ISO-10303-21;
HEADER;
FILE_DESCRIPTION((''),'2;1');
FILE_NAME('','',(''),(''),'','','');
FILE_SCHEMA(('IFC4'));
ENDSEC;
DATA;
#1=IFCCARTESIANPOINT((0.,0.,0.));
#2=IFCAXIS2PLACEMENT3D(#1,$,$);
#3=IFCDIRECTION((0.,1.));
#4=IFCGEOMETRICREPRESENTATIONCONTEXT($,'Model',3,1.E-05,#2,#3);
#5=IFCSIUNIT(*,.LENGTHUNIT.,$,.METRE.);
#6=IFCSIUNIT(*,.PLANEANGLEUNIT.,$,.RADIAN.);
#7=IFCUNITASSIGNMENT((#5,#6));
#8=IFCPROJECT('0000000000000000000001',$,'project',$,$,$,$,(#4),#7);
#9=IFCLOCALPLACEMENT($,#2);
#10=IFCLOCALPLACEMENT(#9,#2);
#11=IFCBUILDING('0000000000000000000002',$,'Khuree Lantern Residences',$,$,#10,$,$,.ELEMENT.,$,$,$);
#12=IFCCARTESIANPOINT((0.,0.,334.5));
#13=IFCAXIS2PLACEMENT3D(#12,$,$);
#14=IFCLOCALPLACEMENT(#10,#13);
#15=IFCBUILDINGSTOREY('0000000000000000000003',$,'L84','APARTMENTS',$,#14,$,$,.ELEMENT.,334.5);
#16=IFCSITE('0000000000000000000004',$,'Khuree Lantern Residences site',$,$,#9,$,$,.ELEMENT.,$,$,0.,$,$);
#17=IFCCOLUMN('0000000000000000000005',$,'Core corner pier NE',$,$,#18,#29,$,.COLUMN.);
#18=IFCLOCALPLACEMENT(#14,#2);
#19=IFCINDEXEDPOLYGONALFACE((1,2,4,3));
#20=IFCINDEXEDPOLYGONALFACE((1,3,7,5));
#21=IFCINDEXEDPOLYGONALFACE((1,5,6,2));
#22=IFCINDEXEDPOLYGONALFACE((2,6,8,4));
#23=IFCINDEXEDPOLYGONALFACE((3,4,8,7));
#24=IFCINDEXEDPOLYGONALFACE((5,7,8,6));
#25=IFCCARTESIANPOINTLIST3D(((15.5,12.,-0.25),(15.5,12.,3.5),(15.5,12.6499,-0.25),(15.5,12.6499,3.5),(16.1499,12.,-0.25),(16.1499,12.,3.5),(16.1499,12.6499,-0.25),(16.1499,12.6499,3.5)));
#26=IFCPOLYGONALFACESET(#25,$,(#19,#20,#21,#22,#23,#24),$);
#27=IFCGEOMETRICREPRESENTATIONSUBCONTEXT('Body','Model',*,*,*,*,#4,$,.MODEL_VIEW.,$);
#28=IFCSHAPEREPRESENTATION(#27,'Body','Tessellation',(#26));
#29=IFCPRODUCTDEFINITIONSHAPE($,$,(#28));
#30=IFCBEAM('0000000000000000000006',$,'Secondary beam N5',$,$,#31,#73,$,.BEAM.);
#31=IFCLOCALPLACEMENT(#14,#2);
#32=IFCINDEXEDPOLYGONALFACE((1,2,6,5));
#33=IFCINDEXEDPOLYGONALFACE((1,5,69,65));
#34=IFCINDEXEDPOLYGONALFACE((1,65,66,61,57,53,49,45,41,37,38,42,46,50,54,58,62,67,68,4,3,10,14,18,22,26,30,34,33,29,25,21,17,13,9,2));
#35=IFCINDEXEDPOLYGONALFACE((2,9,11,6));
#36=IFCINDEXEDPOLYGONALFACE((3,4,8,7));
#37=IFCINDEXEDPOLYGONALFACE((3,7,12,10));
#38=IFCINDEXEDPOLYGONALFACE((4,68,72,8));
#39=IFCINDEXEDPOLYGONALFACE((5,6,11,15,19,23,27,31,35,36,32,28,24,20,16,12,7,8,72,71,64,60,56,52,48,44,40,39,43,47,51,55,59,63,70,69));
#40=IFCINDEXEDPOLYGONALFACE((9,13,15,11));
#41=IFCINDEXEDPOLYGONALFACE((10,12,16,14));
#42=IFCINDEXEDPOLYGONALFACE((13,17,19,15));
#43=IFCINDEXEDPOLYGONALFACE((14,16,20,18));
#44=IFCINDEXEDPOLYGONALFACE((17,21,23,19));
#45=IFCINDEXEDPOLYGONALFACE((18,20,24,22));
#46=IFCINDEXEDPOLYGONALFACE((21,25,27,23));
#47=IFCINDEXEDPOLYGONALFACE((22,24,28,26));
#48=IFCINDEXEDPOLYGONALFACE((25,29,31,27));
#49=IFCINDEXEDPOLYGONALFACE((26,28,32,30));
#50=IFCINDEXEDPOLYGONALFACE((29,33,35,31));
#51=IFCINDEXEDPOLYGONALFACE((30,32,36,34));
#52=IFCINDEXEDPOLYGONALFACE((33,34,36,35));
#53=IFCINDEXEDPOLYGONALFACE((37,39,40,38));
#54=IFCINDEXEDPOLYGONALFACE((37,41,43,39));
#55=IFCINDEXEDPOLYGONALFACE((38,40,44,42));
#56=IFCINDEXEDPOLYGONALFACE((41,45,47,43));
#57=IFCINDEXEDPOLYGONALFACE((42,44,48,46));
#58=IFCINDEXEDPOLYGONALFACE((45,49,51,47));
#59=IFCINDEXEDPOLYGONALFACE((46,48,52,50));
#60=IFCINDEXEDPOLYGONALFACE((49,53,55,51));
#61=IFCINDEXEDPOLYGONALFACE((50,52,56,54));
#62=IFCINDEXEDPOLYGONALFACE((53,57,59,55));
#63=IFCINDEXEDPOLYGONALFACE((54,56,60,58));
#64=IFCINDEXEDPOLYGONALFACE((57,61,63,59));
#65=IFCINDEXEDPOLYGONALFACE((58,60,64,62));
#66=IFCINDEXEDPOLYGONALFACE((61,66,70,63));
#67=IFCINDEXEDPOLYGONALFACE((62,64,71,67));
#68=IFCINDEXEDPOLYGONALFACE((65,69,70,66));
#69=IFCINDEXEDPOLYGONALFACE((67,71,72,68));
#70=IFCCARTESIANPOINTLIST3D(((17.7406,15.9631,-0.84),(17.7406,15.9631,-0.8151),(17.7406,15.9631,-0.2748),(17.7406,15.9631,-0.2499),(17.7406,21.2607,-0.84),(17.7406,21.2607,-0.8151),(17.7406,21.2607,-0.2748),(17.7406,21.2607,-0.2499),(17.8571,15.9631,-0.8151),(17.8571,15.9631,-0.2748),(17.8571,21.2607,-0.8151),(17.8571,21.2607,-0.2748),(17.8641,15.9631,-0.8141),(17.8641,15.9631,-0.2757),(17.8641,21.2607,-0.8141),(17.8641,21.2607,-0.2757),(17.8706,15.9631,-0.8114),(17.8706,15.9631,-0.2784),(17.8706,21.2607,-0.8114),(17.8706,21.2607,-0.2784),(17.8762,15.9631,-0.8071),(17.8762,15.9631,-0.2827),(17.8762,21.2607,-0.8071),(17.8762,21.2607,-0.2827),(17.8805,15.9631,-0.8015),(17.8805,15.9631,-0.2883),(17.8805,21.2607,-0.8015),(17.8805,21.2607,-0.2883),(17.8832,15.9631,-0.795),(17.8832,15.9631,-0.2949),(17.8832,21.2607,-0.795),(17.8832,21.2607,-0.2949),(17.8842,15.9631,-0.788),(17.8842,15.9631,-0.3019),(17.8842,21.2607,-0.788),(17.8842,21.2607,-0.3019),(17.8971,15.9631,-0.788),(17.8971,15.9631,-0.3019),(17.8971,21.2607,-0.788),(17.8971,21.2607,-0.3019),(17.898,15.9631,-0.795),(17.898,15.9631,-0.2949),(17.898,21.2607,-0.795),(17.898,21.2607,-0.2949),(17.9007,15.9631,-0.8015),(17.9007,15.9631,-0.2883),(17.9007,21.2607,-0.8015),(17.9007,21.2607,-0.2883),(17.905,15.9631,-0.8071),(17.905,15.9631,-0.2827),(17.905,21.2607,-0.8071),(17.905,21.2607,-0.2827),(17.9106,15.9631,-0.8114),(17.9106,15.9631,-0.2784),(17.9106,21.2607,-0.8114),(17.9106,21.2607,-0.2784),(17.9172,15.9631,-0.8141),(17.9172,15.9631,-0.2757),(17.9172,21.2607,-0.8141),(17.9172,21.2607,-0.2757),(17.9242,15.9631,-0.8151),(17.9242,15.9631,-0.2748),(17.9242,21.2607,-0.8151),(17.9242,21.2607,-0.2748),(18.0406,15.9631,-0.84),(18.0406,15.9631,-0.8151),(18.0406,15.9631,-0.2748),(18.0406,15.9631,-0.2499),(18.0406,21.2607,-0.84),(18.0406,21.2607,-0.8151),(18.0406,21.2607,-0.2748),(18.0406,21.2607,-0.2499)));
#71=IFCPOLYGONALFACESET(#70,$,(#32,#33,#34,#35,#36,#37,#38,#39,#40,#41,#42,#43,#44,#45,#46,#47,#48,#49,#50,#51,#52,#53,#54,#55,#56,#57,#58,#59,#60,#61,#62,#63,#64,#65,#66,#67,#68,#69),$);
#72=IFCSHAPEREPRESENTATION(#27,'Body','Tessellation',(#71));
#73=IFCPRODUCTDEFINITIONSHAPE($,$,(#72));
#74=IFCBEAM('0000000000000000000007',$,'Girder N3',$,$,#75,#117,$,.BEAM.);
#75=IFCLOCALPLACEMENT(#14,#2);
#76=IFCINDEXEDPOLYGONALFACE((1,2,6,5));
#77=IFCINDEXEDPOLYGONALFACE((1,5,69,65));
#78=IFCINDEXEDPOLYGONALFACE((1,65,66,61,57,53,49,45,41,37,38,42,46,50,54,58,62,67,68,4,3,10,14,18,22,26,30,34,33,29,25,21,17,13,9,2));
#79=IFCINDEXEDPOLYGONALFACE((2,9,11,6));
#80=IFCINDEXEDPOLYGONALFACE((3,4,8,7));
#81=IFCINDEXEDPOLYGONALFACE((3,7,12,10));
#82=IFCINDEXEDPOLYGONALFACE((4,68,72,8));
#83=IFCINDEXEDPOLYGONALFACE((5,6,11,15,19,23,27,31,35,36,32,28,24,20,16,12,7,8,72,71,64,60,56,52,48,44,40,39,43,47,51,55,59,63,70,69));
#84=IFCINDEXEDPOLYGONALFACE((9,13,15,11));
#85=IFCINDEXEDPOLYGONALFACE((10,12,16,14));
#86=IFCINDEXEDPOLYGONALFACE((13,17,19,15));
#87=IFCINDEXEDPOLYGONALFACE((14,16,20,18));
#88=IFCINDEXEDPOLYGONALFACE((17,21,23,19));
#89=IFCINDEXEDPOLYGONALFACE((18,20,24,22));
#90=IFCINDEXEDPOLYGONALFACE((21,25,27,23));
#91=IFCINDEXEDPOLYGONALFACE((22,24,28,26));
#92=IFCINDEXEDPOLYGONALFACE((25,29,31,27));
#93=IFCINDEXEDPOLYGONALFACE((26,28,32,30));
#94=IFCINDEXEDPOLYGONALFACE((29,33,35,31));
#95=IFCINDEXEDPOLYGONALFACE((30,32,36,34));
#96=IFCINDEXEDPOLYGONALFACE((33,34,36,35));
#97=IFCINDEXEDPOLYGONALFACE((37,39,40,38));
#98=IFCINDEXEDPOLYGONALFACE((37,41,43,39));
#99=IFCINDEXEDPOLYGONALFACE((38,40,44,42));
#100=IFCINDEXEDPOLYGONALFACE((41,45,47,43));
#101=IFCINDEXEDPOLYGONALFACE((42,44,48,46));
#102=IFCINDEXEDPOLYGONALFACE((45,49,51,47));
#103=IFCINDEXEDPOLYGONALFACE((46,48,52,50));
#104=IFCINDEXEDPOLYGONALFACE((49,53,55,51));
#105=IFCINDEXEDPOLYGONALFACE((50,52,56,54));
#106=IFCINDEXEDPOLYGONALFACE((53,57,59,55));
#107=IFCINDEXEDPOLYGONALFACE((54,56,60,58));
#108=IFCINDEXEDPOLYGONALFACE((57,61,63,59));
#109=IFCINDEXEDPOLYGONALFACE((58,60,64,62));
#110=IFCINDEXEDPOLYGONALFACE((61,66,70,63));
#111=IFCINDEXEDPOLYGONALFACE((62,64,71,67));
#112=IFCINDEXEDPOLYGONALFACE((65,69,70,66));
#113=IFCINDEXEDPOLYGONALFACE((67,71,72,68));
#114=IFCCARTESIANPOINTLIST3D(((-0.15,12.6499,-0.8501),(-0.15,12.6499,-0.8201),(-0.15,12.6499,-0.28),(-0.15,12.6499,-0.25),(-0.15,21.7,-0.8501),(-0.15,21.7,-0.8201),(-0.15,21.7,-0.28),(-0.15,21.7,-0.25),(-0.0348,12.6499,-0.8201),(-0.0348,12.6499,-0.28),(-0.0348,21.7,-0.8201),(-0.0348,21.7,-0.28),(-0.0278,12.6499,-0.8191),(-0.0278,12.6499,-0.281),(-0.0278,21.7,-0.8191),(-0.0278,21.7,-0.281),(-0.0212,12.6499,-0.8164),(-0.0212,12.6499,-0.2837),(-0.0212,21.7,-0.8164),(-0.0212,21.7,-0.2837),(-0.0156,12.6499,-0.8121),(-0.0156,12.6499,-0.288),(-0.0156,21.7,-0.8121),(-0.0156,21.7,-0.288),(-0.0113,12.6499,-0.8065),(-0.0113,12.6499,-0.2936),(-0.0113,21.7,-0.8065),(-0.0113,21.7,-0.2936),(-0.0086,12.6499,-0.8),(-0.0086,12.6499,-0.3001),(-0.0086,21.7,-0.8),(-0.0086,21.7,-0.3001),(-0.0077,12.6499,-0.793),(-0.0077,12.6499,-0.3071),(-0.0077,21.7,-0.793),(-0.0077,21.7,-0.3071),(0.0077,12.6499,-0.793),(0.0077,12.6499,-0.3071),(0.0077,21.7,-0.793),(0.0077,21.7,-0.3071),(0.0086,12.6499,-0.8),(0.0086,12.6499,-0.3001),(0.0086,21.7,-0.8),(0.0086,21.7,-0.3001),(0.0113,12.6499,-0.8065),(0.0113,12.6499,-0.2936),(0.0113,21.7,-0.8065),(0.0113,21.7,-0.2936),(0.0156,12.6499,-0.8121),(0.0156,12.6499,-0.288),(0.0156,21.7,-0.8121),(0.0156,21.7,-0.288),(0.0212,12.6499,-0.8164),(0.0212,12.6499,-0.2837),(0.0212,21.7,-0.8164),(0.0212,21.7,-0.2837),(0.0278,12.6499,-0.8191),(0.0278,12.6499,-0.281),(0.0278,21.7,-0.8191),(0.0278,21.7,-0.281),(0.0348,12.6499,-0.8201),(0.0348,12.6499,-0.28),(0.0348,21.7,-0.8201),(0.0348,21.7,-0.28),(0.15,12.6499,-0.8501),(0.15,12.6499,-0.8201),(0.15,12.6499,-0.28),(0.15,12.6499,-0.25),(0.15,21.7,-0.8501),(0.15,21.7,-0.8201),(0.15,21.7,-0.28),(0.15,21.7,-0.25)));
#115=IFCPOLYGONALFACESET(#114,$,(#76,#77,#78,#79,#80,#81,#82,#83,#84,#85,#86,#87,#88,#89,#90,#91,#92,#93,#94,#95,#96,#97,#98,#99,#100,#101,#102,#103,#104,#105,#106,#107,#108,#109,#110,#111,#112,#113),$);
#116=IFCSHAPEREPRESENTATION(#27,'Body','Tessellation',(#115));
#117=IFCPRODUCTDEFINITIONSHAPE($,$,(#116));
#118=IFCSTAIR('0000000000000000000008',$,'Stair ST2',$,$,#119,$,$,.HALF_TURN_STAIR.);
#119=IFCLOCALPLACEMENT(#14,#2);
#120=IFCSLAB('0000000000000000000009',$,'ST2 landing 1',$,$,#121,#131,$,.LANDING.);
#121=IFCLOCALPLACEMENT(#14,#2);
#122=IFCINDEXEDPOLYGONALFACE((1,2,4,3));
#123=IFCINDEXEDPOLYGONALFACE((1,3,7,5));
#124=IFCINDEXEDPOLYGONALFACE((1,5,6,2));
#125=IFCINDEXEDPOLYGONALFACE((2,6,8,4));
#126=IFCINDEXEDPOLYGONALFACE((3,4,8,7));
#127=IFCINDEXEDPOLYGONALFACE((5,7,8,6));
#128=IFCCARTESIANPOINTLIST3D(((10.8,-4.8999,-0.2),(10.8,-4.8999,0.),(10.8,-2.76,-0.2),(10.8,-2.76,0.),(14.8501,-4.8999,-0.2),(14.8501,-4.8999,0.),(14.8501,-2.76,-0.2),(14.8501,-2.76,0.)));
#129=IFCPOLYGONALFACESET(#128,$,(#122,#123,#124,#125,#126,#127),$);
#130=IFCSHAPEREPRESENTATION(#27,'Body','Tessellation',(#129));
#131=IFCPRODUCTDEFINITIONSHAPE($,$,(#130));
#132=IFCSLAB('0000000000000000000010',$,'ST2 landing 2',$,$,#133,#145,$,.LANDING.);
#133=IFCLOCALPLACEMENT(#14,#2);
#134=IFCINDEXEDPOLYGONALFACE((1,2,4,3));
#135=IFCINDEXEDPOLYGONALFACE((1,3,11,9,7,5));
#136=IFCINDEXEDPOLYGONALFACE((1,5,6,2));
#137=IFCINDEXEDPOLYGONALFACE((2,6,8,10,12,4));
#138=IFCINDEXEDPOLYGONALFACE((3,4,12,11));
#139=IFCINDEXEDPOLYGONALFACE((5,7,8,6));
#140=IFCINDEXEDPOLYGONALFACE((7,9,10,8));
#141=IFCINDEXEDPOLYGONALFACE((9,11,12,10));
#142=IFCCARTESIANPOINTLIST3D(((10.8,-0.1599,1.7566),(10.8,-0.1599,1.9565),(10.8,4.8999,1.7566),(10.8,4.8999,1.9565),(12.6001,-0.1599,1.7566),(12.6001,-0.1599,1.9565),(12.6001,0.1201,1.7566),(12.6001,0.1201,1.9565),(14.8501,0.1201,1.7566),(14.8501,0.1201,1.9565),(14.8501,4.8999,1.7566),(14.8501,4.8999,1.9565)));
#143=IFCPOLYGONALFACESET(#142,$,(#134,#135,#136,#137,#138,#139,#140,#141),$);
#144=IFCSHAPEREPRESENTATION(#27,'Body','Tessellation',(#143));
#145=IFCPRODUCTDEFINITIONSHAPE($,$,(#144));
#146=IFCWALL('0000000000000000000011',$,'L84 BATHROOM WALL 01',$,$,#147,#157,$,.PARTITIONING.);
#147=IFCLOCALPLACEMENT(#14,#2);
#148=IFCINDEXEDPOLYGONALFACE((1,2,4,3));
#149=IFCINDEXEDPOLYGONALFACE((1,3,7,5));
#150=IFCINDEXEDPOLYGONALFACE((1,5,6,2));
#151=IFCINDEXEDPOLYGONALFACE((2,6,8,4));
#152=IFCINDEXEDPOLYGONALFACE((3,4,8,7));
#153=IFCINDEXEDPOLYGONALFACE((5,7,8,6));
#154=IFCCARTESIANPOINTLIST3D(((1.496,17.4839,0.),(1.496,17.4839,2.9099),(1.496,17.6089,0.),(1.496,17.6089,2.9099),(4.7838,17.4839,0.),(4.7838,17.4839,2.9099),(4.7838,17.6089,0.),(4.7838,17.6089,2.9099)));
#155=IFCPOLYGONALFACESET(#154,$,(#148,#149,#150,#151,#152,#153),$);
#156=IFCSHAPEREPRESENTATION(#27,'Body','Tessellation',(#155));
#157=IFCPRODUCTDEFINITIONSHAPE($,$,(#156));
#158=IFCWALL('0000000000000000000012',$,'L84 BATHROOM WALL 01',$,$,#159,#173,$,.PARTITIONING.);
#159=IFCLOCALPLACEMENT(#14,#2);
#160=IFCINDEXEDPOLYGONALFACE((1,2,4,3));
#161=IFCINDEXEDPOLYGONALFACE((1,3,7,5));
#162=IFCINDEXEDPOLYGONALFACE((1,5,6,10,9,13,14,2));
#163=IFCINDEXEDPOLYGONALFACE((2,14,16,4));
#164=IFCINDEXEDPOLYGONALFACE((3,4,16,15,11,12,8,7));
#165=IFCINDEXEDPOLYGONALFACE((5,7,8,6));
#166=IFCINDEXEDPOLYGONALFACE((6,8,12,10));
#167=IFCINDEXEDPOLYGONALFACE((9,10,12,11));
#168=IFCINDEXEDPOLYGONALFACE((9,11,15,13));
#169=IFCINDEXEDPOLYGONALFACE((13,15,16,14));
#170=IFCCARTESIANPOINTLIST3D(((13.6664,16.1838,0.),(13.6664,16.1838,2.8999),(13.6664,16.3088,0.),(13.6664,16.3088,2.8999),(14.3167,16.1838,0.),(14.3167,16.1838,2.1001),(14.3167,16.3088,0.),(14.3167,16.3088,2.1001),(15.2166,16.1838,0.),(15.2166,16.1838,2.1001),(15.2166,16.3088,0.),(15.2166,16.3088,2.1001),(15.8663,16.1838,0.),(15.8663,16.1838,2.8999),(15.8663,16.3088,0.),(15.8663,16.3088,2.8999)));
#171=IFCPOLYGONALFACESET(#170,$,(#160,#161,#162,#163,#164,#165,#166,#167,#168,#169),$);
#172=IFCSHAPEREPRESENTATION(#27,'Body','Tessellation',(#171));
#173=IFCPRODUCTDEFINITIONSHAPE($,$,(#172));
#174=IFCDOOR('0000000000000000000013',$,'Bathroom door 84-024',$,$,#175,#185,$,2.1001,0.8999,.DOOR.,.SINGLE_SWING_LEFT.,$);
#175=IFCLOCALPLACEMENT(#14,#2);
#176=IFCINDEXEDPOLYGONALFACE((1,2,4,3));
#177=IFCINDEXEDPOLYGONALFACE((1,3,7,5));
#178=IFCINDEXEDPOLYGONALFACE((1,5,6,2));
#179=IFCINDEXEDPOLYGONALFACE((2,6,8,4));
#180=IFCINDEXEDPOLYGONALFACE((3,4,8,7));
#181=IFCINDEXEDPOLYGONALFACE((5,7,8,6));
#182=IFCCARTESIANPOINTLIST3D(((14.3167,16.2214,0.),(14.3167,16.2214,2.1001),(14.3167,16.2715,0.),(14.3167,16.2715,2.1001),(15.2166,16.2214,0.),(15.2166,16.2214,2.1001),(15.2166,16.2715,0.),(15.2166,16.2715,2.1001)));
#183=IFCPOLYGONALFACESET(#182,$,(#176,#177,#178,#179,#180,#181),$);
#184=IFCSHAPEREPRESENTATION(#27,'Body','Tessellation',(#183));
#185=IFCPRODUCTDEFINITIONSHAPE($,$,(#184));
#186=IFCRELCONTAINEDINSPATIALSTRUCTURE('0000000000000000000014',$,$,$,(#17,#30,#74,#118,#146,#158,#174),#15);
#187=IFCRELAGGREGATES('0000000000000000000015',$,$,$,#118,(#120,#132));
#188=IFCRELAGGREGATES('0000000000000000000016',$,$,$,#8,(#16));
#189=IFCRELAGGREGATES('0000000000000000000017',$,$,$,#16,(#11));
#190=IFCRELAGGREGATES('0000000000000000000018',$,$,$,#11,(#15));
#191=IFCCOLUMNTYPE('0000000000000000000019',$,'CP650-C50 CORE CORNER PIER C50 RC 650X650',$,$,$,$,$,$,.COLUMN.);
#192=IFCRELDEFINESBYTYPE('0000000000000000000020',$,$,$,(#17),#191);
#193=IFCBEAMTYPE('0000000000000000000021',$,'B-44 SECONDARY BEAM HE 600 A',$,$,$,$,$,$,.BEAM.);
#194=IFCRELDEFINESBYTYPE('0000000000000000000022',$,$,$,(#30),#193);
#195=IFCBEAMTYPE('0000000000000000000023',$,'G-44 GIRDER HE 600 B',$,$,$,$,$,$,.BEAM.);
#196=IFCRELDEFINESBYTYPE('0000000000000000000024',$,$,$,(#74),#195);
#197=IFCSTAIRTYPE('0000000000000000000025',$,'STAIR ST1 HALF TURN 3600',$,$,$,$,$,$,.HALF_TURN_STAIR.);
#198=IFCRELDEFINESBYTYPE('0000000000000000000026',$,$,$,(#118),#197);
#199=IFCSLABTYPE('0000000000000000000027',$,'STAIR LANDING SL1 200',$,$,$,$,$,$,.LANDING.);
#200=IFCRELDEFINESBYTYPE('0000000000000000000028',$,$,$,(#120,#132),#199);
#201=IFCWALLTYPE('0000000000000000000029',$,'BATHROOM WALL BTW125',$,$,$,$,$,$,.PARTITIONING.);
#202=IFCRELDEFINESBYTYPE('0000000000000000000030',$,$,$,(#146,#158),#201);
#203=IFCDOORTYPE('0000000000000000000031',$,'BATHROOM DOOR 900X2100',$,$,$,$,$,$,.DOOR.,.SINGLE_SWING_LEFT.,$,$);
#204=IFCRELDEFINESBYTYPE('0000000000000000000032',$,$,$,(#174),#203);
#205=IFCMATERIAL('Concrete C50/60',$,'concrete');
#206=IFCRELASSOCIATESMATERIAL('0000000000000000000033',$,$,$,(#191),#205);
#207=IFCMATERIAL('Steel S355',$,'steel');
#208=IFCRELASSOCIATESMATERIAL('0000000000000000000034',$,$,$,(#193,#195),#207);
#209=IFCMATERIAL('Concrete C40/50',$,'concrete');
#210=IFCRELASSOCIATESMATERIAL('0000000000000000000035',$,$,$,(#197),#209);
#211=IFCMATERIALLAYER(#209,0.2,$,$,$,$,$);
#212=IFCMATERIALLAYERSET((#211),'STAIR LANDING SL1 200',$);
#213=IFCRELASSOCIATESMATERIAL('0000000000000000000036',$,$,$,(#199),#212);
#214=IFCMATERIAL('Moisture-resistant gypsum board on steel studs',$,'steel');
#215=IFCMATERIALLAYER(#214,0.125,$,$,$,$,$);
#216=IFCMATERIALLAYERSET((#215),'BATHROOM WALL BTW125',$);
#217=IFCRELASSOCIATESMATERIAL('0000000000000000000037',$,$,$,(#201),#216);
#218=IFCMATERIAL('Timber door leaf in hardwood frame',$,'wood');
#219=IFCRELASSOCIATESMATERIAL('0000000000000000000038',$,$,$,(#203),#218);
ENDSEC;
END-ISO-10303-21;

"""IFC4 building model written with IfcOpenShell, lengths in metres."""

from ifc_helpers import new_model, si_unit, direction, frame, frame_2d, origin, origin_2d, place, context, subcontext, project, spatial, polyline, rectangle, i_section, outline, extrude, material, layer, layer_set, material_profile, profile_set, type_object, element, fill, aggregate, save


model = new_model("IFC4")

# Units and contexts
model_context = context("Model", 3, precision=1e-05, world=origin(), true_north=direction((0.0, 1.0)))
body_context = subcontext(model_context, "Body", "Model", "MODEL_VIEW")
ifc_project = project(units=[si_unit("LENGTHUNIT", "METRE"), si_unit("PLANEANGLEUNIT", "RADIAN")], contexts=[model_context])

# Site, building, storey
site_placement = place(None, origin())
site = spatial("IfcSite", under=ifc_project, at=site_placement, Name="Khuree Lantern Residences site", CompositionType="ELEMENT", RefElevation=0.0)
building_placement = place(site_placement, origin())
building = spatial("IfcBuilding", under=site, at=building_placement, Name="Khuree Lantern Residences", CompositionType="ELEMENT")
storey_placement = place(building_placement, frame((0.0, 0.0, 334.5)))
storey = spatial("IfcBuildingStorey", under=building, at=storey_placement, Name="L84", Description="APARTMENTS", CompositionType="ELEMENT", Elevation=334.5)

# Column
ifc_material_1 = material(Name="Concrete C50/60", Category="concrete")
ifc_material_profile_1 = material_profile(ifc_material_1, rectangle(XDim=0.6499, YDim=0.6499, at=origin_2d()), Name="RC 650X650")
ifc_profile_set_1 = profile_set([ifc_material_profile_1], Name="Concrete C50/60")
column_type = type_object("IfcColumnType", Name="CP650-C50 CORE CORNER PIER C50 RC 650X650", PredefinedType="COLUMN", material=ifc_profile_set_1)
column_placement = place(storey_placement, frame((15.825, 12.325, -0.25), z_axis=(0.0, 0.0, 1.0), x_axis=(1.0, 0.0, 0.0)))
element("IfcColumn", 1, at=column_placement, inside=storey, type_object=column_type, Name="Core corner pier NE", PredefinedType="COLUMN", context=body_context, shape_type="SweptSolid", body=[
    extrude(rectangle(XDim=0.6499, YDim=0.6499, at=origin_2d()), origin(), (0.0, 0.0, 1.0), 3.75),
])

# Beams
ifc_material_2 = material(Name="Steel S355", Category="steel")
ifc_material_profile_2 = material_profile(ifc_material_2, i_section(OverallWidth=0.3, OverallDepth=0.5901, WebThickness=0.0129, FlangeThickness=0.0249, FilletRadius=0.0271, at=origin_2d()), Name="HE 600 A")
ifc_profile_set_2 = profile_set([ifc_material_profile_2], Name="Steel S355")
beam_type_1 = type_object("IfcBeamType", Name="B-44 SECONDARY BEAM HE 600 A", PredefinedType="BEAM", material=ifc_profile_set_2)
beam_1_placement = place(storey_placement, frame((17.8906, 21.2607, -0.5449), z_axis=(0.0, -1.0, 0.0), x_axis=(1.0, 0.0, 0.0)))
element("IfcBeam", 2, at=beam_1_placement, inside=storey, type_object=beam_type_1, Name="Secondary beam N5", PredefinedType="BEAM", context=body_context, shape_type="SweptSolid", body=[
    extrude(i_section(OverallWidth=0.3, OverallDepth=0.5901, WebThickness=0.0129, FlangeThickness=0.0249, FilletRadius=0.0271, at=origin_2d()), origin(), (0.0, 0.0, 1.0), 5.2976),
])
ifc_material_profile_3 = material_profile(ifc_material_2, i_section(OverallWidth=0.3, OverallDepth=0.6001, WebThickness=0.0154, FlangeThickness=0.03, FilletRadius=0.0271, at=origin_2d()), Name="HE 600 B")
ifc_profile_set_3 = profile_set([ifc_material_profile_3], Name="Steel S355")
beam_type_2 = type_object("IfcBeamType", Name="G-44 GIRDER HE 600 B", PredefinedType="BEAM", material=ifc_profile_set_3)
beam_2_placement = place(storey_placement, frame((0.0, 21.7, -0.55), z_axis=(0.0, -1.0, 0.0), x_axis=(1.0, 0.0, 0.0)))
element("IfcBeam", 3, at=beam_2_placement, inside=storey, type_object=beam_type_2, Name="Girder N3", PredefinedType="BEAM", context=body_context, shape_type="SweptSolid", body=[
    extrude(i_section(OverallWidth=0.3, OverallDepth=0.6001, WebThickness=0.0154, FlangeThickness=0.03, FilletRadius=0.0271, at=origin_2d()), origin(), (0.0, 0.0, 1.0), 9.05),
])

# Stair, slabs
ifc_material_3 = material(Name="Concrete C40/50", Category="concrete")
stair_type = type_object("IfcStairType", Name="STAIR ST1 HALF TURN 3600", PredefinedType="HALF_TURN_STAIR", material=ifc_material_3)
stair_placement = place(storey_placement, origin())
stair = element("IfcStair", 4, at=stair_placement, inside=storey, type_object=stair_type, Name="Stair ST2", PredefinedType="HALF_TURN_STAIR")
ifc_layer_1 = layer(ifc_material_3, 0.2)
ifc_layer_set_1 = layer_set([ifc_layer_1], Name="STAIR LANDING SL1 200")
slab_type = type_object("IfcSlabType", Name="STAIR LANDING SL1 200", PredefinedType="LANDING", material=ifc_layer_set_1)
slab_1_placement = place(storey_placement, frame((0.0, 0.0, -0.2)))
slab_1 = element("IfcSlab", 5, at=slab_1_placement, type_object=slab_type, Name="ST2 landing 1", PredefinedType="LANDING", context=body_context, shape_type="SweptSolid", body=[
    extrude(outline(polyline([(10.8, -4.8999), (14.8501, -4.8999), (14.8501, -2.76), (10.8, -2.76), (10.8, -4.8999)])), origin(), (0.0, 0.0, 1.0), 0.2),
])
slab_2_placement = place(storey_placement, frame((0.0, 0.0, 1.7566)))
slab_2 = element("IfcSlab", 6, at=slab_2_placement, type_object=slab_type, Name="ST2 landing 2", PredefinedType="LANDING", context=body_context, shape_type="SweptSolid", body=[
    extrude(outline(polyline([(14.8501, 4.8999), (14.8501, 0.1201), (12.6001, 0.1201), (12.6001, -0.1599), (10.8, -0.1599), (10.8, 4.8999), (14.8501, 4.8999)])), origin(), (0.0, 0.0, 1.0), 0.2),
])
aggregate(stair, [slab_1, slab_2])

# Wall
ifc_material_4 = material(Name="Moisture-resistant gypsum board on steel studs", Category="steel")
ifc_layer_2 = layer(ifc_material_4, 0.125)
ifc_layer_set_2 = layer_set([ifc_layer_2], Name="BATHROOM WALL BTW125")
wall_type_1 = type_object("IfcWallType", Name="BATHROOM WALL BTW125", PredefinedType="PARTITIONING", material=ifc_layer_set_2)
wall_1_placement = place(storey_placement, frame((4.7839, 17.5464, 0.0), z_axis=(0.0, 0.0, 1.0), x_axis=(-1.0, 0.0, 0.0)))
element("IfcWall", 7, at=wall_1_placement, inside=storey, type_object=wall_type_1, Name="L84 BATHROOM WALL 01", PredefinedType="PARTITIONING", context=body_context, shape_type="SweptSolid", body=[
    extrude(rectangle(XDim=3.2878, YDim=0.125, at=frame_2d((1.644, 0.0))), origin(), (0.0, 0.0, 1.0), 2.9099),
])

# Wall, opening, door
wall_2_placement = place(storey_placement, frame((15.8665, 16.2463, 0.0), z_axis=(0.0, 0.0, 1.0), x_axis=(-1.0, 0.0, 0.0)))
wall_2 = element("IfcWall", 8, at=wall_2_placement, inside=storey, type_object=wall_type_1, Name="L84 BATHROOM WALL 01", PredefinedType="PARTITIONING", context=body_context, shape_type="SweptSolid", body=[
    extrude(rectangle(XDim=2.2, YDim=0.125, at=frame_2d((1.1001, 0.0))), origin(), (0.0, 0.0, 1.0), 2.8999),
])
opening_1_placement = place(wall_2_placement, frame((0.6499, 0.0, 0.0)))
opening_1 = element("IfcOpeningElement", 9, at=opening_1_placement, cuts=wall_2, PredefinedType="OPENING", context=body_context, shape_type="SweptSolid", body=[
    extrude(rectangle(XDim=0.8999, YDim=2.1001, at=frame_2d((0.45, 1.05))), frame((0.0, 0.0725, 0.0), z_axis=(0.0, -1.0, 0.0), x_axis=(1.0, 0.0, 0.0)), (0.0, 0.0, 1.0), 0.145),
])
ifc_material_5 = material(Name="Timber door leaf in hardwood frame", Category="wood")
door_type_1 = type_object("IfcDoorType", Name="BATHROOM DOOR 900X2100", OperationType="SINGLE_SWING_LEFT", PredefinedType="DOOR", material=ifc_material_5)
door_1_placement = place(opening_1_placement, origin())
door_1 = element("IfcDoor", 10, at=door_1_placement, inside=storey, type_object=door_type_1, Name="Bathroom door 84-024", OperationType="SINGLE_SWING_LEFT", OverallHeight=2.1001, OverallWidth=0.8999, PredefinedType="DOOR", context=body_context, shape_type="SweptSolid", body=[
    extrude(rectangle(XDim=0.8999, YDim=2.1001, at=frame_2d((0.45, 1.05))), frame((0.0, 0.0249, 0.0), z_axis=(0.0, -1.0, 0.0), x_axis=(1.0, 0.0, 0.0)), (0.0, 0.0, 1.0), 0.05),
])
fill(opening_1, door_1)

save(model, "model.ifc")
